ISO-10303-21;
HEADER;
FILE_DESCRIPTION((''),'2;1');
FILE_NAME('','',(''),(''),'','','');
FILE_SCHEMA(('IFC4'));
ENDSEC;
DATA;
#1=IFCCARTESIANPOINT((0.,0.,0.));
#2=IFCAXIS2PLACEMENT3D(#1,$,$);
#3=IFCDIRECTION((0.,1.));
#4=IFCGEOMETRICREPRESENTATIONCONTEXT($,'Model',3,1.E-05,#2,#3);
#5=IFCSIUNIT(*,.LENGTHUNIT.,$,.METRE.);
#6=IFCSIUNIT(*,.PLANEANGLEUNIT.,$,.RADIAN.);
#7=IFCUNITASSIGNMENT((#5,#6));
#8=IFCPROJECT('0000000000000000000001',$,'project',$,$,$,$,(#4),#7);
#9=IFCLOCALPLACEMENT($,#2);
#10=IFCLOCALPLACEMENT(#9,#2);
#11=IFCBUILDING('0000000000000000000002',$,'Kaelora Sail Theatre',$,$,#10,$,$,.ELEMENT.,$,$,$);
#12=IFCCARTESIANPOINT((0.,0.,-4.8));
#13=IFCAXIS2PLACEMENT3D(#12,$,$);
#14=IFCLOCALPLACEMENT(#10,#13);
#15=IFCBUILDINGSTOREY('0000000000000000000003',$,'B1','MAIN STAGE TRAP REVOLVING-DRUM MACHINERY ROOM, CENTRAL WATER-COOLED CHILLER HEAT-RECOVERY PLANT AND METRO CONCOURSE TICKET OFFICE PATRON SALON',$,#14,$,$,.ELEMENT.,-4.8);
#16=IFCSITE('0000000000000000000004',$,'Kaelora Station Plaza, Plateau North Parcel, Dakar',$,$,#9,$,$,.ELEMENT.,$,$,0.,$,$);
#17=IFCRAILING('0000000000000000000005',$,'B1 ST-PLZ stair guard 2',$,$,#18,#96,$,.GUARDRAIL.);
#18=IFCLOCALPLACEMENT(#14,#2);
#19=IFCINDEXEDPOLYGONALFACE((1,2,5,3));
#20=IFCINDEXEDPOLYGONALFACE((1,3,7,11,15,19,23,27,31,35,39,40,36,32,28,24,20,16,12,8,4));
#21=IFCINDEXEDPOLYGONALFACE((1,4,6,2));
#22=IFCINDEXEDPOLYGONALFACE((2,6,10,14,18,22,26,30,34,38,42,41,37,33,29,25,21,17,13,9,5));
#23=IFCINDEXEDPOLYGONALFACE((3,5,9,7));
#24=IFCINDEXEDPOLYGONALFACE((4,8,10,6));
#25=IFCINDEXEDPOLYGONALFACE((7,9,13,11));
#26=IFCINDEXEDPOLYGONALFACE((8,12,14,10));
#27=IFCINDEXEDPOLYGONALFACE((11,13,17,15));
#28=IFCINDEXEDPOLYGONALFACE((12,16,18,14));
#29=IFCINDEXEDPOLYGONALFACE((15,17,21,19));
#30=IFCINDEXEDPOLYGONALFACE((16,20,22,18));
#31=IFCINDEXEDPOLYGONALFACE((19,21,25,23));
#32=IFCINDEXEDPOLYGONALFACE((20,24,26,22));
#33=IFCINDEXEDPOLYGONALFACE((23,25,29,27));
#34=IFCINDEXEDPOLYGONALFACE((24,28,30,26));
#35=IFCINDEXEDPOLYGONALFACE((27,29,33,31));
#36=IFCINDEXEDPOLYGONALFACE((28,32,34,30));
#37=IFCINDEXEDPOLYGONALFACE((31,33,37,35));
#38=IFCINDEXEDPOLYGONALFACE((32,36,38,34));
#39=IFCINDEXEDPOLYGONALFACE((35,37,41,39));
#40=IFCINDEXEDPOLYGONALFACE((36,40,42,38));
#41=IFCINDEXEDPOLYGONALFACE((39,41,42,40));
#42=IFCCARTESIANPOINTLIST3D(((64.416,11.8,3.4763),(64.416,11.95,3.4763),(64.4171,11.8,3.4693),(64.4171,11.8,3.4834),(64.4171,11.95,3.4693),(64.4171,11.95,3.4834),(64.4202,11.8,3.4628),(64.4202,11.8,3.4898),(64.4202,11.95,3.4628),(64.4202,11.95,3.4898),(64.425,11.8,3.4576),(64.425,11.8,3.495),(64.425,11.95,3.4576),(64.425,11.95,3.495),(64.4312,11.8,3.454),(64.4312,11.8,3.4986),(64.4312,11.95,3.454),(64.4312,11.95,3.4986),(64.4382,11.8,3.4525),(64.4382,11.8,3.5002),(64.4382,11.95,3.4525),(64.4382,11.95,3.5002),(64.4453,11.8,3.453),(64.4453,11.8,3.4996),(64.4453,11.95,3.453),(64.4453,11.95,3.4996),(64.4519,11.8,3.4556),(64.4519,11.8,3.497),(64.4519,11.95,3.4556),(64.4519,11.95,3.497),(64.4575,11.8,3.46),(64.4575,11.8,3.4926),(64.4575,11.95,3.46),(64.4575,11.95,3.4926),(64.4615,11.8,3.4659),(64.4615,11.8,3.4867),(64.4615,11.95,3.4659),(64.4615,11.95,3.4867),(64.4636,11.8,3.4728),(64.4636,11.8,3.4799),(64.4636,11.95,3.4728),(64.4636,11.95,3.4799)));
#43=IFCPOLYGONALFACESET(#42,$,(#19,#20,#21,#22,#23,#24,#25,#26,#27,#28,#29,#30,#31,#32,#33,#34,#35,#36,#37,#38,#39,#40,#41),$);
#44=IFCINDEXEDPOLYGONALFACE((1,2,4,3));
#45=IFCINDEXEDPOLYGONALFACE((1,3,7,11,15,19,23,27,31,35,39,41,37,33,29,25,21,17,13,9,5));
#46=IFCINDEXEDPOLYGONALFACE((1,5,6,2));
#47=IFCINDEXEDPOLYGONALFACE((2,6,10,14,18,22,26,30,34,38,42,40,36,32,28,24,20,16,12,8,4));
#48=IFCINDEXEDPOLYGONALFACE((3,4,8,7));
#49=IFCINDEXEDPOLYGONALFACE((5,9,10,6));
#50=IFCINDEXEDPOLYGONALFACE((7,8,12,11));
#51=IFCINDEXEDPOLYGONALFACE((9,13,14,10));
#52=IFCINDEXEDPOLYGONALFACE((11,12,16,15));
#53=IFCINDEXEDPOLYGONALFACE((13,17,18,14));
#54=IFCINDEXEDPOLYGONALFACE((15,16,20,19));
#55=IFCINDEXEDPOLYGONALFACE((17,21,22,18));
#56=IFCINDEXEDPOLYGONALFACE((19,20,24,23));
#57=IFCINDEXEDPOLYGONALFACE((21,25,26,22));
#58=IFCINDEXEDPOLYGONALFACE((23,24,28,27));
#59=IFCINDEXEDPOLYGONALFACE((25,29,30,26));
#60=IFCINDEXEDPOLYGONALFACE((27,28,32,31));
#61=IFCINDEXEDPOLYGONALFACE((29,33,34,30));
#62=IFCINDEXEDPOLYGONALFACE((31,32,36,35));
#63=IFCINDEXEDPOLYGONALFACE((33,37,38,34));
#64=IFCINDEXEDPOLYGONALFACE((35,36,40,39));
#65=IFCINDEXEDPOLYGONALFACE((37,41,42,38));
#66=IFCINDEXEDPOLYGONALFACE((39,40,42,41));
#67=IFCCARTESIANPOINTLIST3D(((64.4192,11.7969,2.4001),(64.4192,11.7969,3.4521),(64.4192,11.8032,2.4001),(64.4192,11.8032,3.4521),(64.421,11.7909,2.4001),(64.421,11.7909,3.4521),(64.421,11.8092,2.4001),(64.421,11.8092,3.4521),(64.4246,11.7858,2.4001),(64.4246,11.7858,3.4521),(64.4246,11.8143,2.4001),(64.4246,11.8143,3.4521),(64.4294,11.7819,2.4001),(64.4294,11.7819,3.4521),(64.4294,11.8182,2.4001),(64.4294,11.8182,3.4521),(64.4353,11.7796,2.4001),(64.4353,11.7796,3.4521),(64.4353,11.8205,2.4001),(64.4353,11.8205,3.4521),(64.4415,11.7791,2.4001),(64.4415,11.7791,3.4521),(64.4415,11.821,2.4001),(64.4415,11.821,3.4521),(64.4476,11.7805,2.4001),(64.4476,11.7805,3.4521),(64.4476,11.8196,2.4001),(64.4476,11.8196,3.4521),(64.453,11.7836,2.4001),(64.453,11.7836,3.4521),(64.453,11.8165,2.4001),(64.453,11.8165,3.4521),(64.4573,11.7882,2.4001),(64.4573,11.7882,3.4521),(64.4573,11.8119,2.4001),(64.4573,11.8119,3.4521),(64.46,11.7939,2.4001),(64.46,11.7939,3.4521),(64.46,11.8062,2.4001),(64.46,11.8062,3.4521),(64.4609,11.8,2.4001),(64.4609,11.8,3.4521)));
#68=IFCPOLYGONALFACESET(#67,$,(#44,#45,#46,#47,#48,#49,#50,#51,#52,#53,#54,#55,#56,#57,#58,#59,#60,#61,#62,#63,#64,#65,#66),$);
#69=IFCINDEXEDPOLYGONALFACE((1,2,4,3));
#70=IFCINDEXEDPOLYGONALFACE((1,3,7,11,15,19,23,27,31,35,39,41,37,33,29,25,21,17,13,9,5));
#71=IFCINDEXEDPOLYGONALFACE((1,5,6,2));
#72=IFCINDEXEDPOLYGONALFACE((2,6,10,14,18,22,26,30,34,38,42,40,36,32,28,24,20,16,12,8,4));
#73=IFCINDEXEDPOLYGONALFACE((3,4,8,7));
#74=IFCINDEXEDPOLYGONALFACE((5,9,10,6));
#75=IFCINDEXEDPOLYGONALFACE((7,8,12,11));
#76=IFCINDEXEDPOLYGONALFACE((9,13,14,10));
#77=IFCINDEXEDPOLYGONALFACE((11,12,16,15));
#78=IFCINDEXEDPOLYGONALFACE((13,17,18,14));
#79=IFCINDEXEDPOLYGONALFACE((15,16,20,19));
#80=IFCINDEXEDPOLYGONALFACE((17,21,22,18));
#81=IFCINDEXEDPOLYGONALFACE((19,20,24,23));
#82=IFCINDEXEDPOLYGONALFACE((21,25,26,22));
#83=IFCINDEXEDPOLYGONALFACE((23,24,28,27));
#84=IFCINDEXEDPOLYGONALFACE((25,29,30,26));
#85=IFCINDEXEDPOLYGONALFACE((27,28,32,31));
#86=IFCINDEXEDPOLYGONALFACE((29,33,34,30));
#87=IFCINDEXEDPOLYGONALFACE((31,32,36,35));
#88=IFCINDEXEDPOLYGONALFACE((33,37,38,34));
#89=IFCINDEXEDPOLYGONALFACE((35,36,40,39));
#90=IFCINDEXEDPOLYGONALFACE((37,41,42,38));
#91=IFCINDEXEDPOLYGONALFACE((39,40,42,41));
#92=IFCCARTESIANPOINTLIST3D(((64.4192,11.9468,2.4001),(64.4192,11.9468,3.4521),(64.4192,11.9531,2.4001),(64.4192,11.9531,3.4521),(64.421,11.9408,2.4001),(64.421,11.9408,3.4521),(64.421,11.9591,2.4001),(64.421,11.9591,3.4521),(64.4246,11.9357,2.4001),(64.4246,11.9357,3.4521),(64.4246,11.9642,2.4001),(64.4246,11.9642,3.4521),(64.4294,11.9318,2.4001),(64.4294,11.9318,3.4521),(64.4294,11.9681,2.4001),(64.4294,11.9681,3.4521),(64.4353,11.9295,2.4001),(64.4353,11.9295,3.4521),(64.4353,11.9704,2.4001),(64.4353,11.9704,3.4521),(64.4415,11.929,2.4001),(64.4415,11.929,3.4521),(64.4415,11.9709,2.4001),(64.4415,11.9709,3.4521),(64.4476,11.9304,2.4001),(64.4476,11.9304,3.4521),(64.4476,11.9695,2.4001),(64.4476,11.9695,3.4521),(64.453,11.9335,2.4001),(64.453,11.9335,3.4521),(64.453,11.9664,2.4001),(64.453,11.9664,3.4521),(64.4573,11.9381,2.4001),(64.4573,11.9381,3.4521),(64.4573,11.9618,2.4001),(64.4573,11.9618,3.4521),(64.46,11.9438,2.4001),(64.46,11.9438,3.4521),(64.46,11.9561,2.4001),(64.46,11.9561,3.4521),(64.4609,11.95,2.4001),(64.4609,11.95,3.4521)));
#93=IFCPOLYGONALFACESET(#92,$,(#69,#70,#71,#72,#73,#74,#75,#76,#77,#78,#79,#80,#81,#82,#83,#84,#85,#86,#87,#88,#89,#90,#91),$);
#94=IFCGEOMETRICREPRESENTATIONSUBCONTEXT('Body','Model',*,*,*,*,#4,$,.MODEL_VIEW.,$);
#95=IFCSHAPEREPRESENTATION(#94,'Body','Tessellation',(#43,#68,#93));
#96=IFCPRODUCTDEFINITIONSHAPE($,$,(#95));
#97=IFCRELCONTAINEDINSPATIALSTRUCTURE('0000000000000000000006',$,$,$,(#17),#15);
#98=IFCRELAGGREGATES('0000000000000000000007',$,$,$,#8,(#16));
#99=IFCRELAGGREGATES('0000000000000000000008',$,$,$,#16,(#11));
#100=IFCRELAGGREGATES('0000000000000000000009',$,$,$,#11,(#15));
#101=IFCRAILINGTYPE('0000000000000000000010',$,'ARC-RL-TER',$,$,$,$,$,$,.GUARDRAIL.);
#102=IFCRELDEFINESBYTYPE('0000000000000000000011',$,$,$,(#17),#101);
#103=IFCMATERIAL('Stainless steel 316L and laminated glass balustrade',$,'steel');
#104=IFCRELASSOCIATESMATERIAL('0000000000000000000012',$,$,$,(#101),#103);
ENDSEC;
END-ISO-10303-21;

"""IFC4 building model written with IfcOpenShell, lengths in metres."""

from ifc_helpers import new_model, si_unit, direction, frame, origin, origin_2d, place, context, subcontext, project, spatial, circle, extrude, material, type_object, element, save


model = new_model("IFC4")

# Units and contexts
model_context = context("Model", 3, precision=1e-05, world=origin(), true_north=direction((0.0, 1.0)))
body_context = subcontext(model_context, "Body", "Model", "MODEL_VIEW")
ifc_project = project(units=[si_unit("LENGTHUNIT", "METRE"), si_unit("PLANEANGLEUNIT", "RADIAN")], contexts=[model_context])

# Site, building, storey
site_placement = place(None, origin())
site = spatial("IfcSite", under=ifc_project, at=site_placement, Name="Kaelora Station Plaza, Plateau North Parcel, Dakar", CompositionType="ELEMENT", RefElevation=0.0)
building_placement = place(site_placement, origin())
building = spatial("IfcBuilding", under=site, at=building_placement, Name="Kaelora Sail Theatre", CompositionType="ELEMENT")
storey_placement = place(building_placement, frame((0.0, 0.0, -4.8)))
storey = spatial("IfcBuildingStorey", under=building, at=storey_placement, Name="B1", Description="MAIN STAGE TRAP REVOLVING-DRUM MACHINERY ROOM, CENTRAL WATER-COOLED CHILLER HEAT-RECOVERY PLANT AND METRO CONCOURSE TICKET OFFICE PATRON SALON", CompositionType="ELEMENT", Elevation=-4.8)

# Railing
ifc_material_1 = material(Name="Stainless steel 316L and laminated glass balustrade", Category="steel")
railing_type_1 = type_object("IfcRailingType", Name="ARC-RL-TER", PredefinedType="GUARDRAIL", material=ifc_material_1)
railing_1_placement = place(storey_placement, frame((64.4399, 11.8, 2.4001)))
element("IfcRailing", 1, at=railing_1_placement, inside=storey, type_object=railing_type_1, Name="B1 ST-PLZ stair guard 2", PredefinedType="GUARDRAIL", context=body_context, shape_type="SweptSolid", body=[
    extrude(circle(Radius=0.0239, at=origin_2d()), frame((0.0, 0.0, 1.0762), z_axis=(0.0, 1.0, 0.0), x_axis=(-1.0, 0.0, 0.0)), (0.0, 0.0, 1.0), 0.1499),
    extrude(circle(Radius=0.021, at=origin_2d()), origin(), (0.0, 0.0, 1.0), 1.052),
    extrude(circle(Radius=0.021, at=origin_2d()), frame((0.0, 0.1499, 0.0)), (0.0, 0.0, 1.0), 1.052),
])

save(model, "model.ifc")
